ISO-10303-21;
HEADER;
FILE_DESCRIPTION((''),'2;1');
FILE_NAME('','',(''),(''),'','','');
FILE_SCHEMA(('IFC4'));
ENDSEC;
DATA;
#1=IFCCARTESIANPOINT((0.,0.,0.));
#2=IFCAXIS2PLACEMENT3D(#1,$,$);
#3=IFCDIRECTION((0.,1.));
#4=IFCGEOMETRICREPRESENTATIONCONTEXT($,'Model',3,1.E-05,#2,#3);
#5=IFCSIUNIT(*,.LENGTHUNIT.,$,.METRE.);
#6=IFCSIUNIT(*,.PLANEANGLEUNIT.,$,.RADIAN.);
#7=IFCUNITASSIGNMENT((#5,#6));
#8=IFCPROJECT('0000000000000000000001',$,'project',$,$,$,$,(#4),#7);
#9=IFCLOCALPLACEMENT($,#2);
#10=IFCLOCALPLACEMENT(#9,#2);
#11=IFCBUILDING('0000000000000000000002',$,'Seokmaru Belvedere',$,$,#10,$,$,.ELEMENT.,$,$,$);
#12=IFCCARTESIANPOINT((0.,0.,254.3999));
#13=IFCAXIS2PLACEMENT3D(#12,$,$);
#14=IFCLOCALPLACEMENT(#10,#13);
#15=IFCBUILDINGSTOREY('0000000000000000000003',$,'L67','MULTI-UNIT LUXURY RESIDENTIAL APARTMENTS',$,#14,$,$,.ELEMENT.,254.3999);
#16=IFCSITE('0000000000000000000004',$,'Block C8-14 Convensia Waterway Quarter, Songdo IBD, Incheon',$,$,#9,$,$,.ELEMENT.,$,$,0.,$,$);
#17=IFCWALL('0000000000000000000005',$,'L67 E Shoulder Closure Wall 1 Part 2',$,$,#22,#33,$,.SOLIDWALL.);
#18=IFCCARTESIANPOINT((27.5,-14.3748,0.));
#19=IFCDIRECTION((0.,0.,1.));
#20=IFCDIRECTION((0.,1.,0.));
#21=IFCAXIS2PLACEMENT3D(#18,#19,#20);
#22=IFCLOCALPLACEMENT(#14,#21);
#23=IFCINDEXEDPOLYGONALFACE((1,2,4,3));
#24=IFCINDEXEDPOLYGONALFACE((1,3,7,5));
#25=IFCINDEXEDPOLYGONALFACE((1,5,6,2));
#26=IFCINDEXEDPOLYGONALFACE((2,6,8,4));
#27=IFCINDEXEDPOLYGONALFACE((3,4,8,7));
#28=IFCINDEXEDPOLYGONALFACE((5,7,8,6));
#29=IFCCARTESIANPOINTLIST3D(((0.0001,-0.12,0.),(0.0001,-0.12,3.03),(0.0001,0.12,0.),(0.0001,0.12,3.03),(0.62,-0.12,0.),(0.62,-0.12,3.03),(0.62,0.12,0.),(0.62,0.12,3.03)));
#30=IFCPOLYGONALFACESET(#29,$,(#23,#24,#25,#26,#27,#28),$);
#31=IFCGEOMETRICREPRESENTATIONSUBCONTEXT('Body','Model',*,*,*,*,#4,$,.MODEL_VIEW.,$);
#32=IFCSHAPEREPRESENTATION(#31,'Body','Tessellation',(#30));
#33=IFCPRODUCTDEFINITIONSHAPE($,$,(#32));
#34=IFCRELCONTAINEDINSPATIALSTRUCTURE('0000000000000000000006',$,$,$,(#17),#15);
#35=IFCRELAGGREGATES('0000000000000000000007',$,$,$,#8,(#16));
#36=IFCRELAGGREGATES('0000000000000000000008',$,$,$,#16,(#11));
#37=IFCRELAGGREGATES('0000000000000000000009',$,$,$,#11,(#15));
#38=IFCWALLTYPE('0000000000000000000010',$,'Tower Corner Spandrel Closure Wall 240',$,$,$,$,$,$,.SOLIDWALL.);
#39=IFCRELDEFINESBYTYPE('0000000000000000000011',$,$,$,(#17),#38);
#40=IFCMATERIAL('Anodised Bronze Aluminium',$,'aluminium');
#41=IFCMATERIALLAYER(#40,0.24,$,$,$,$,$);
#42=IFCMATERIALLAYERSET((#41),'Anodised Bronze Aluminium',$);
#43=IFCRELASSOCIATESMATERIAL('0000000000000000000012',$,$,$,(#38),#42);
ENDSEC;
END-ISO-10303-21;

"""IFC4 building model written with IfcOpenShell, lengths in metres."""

from ifc_helpers import new_model, si_unit, direction, frame, frame_2d, origin, place, context, subcontext, project, spatial, rectangle, extrude, material, layer, layer_set, type_object, element, save


model = new_model("IFC4")

# Units and contexts
model_context = context("Model", 3, precision=1e-05, world=origin(), true_north=direction((0.0, 1.0)))
body_context = subcontext(model_context, "Body", "Model", "MODEL_VIEW")
ifc_project = project(units=[si_unit("LENGTHUNIT", "METRE"), si_unit("PLANEANGLEUNIT", "RADIAN")], contexts=[model_context])

# Site, building, storey
site_placement = place(None, origin())
site = spatial("IfcSite", under=ifc_project, at=site_placement, Name="Block C8-14 Convensia Waterway Quarter, Songdo IBD, Incheon", CompositionType="ELEMENT", RefElevation=0.0)
building_placement = place(site_placement, origin())
building = spatial("IfcBuilding", under=site, at=building_placement, Name="Seokmaru Belvedere", CompositionType="ELEMENT")
storey_placement = place(building_placement, frame((0.0, 0.0, 254.3999)))
storey = spatial("IfcBuildingStorey", under=building, at=storey_placement, Name="L67", Description="MULTI-UNIT LUXURY RESIDENTIAL APARTMENTS", CompositionType="ELEMENT", Elevation=254.3999)

# Shared definitions
ifc_material_1 = material(Name="Anodised Bronze Aluminium", Category="aluminium")

# Wall
ifc_layer_1 = layer(ifc_material_1, 0.24)
ifc_layer_set_1 = layer_set([ifc_layer_1], Name="Anodised Bronze Aluminium")
wall_type_1 = type_object("IfcWallType", Name="Tower Corner Spandrel Closure Wall 240", PredefinedType="SOLIDWALL", material=ifc_layer_set_1)
wall_1_placement = place(storey_placement, frame((27.5, -14.3748, 0.0), z_axis=(0.0, 0.0, 1.0), x_axis=(0.0, 1.0, 0.0)))
element("IfcWall", 1, at=wall_1_placement, inside=storey, type_object=wall_type_1, Name="L67 E Shoulder Closure Wall 1 Part 2", PredefinedType="SOLIDWALL", context=body_context, shape_type="SweptSolid", body=[
    extrude(rectangle(XDim=0.6199, YDim=0.24, at=frame_2d((0.3101, 0.0))), origin(), (0.0, 0.0, 1.0), 3.03),
])

save(model, "model.ifc")
